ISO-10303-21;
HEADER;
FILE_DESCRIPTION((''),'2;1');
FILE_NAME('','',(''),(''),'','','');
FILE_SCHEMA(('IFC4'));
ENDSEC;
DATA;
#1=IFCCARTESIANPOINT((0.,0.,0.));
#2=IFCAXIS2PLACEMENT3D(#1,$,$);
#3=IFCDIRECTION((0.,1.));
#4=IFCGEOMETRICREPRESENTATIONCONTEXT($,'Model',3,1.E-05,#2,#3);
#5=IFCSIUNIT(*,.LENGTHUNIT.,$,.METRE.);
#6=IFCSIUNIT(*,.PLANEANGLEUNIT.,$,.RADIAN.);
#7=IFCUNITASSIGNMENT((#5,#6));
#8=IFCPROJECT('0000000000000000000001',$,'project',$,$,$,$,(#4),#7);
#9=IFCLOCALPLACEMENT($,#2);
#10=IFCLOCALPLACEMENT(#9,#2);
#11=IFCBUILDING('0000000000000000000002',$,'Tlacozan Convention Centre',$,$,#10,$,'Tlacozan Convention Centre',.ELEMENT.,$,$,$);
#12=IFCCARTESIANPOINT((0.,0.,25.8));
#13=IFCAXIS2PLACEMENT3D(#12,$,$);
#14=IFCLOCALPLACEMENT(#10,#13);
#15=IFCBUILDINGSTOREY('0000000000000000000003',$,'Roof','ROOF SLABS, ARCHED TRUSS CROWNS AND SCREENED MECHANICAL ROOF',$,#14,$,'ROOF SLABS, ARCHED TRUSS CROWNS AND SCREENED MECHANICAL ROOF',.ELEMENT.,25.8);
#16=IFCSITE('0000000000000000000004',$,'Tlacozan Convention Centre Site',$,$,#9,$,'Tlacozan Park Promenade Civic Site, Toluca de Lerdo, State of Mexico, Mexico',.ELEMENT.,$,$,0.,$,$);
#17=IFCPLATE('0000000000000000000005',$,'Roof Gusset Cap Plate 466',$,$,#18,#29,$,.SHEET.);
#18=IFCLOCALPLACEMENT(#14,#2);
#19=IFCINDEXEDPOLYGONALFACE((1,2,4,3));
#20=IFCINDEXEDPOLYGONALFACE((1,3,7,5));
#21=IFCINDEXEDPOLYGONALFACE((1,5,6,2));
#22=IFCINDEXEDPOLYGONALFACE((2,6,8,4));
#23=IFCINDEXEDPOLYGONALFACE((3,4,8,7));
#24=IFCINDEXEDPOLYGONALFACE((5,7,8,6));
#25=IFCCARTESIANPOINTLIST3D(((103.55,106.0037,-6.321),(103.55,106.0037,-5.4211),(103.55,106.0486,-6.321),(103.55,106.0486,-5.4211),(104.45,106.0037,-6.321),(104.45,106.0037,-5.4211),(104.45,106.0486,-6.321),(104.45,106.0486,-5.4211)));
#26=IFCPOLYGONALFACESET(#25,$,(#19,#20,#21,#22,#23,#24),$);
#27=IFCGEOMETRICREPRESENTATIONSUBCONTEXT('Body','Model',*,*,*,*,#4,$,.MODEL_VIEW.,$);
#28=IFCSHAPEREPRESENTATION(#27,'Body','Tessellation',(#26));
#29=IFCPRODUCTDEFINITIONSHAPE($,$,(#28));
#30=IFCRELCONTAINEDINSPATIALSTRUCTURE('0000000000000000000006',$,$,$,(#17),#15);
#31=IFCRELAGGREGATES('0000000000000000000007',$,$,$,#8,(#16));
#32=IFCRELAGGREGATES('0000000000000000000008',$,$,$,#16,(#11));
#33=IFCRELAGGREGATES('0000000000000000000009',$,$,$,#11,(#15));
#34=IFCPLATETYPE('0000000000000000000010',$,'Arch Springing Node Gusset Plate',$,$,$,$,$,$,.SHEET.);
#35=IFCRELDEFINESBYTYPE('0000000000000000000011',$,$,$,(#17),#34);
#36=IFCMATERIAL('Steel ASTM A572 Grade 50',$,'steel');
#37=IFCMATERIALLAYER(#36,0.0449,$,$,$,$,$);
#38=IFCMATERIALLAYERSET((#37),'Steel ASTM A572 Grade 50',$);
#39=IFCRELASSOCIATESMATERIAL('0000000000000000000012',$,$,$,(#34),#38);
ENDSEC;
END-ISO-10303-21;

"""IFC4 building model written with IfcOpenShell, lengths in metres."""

from ifc_helpers import new_model, si_unit, direction, frame, origin, origin_2d, place, context, subcontext, project, spatial, rectangle, extrude, material, layer, layer_set, type_object, element, save


model = new_model("IFC4")

# Units and contexts
model_context = context("Model", 3, precision=1e-05, world=origin(), true_north=direction((0.0, 1.0)))
body_context = subcontext(model_context, "Body", "Model", "MODEL_VIEW")
ifc_project = project(units=[si_unit("LENGTHUNIT", "METRE"), si_unit("PLANEANGLEUNIT", "RADIAN")], contexts=[model_context])

# Site, building, storey
site_placement = place(None, origin())
site = spatial("IfcSite", under=ifc_project, at=site_placement, Name="Tlacozan Convention Centre Site", LongName="Tlacozan Park Promenade Civic Site, Toluca de Lerdo, State of Mexico, Mexico", CompositionType="ELEMENT", RefElevation=0.0)
building_placement = place(site_placement, origin())
building = spatial("IfcBuilding", under=site, at=building_placement, Name="Tlacozan Convention Centre", LongName="Tlacozan Convention Centre", CompositionType="ELEMENT")
storey_placement = place(building_placement, frame((0.0, 0.0, 25.8)))
storey = spatial("IfcBuildingStorey", under=building, at=storey_placement, Name="Roof", Description="ROOF SLABS, ARCHED TRUSS CROWNS AND SCREENED MECHANICAL ROOF", LongName="ROOF SLABS, ARCHED TRUSS CROWNS AND SCREENED MECHANICAL ROOF", CompositionType="ELEMENT", Elevation=25.8)

# Plate
ifc_material_1 = material(Name="Steel ASTM A572 Grade 50", Category="steel")
ifc_layer = layer(ifc_material_1, 0.0449)
ifc_layer_set = layer_set([ifc_layer], Name="Steel ASTM A572 Grade 50")
plate_type = type_object("IfcPlateType", Name="Arch Springing Node Gusset Plate", PredefinedType="SHEET", material=ifc_layer_set)
for number, where, z_axis, x_axis, name in (
    (1, (104.0, 106.0261, -6.321), (0.0, 0.0, 1.0), (0.0, 1.0, 0.0), "Roof Gusset Cap Plate 466"),
):
    element("IfcPlate", number, at=place(storey_placement, frame(where, z_axis=z_axis, x_axis=x_axis)), inside=storey, type_object=plate_type, Name=name, PredefinedType="SHEET", context=body_context, shape_type="SweptSolid", body=[
        extrude(rectangle(XDim=0.0449, YDim=0.8999, at=origin_2d()), origin(), (0.0, 0.0, 1.0), 0.8999),
    ])

save(model, "model.ifc")
